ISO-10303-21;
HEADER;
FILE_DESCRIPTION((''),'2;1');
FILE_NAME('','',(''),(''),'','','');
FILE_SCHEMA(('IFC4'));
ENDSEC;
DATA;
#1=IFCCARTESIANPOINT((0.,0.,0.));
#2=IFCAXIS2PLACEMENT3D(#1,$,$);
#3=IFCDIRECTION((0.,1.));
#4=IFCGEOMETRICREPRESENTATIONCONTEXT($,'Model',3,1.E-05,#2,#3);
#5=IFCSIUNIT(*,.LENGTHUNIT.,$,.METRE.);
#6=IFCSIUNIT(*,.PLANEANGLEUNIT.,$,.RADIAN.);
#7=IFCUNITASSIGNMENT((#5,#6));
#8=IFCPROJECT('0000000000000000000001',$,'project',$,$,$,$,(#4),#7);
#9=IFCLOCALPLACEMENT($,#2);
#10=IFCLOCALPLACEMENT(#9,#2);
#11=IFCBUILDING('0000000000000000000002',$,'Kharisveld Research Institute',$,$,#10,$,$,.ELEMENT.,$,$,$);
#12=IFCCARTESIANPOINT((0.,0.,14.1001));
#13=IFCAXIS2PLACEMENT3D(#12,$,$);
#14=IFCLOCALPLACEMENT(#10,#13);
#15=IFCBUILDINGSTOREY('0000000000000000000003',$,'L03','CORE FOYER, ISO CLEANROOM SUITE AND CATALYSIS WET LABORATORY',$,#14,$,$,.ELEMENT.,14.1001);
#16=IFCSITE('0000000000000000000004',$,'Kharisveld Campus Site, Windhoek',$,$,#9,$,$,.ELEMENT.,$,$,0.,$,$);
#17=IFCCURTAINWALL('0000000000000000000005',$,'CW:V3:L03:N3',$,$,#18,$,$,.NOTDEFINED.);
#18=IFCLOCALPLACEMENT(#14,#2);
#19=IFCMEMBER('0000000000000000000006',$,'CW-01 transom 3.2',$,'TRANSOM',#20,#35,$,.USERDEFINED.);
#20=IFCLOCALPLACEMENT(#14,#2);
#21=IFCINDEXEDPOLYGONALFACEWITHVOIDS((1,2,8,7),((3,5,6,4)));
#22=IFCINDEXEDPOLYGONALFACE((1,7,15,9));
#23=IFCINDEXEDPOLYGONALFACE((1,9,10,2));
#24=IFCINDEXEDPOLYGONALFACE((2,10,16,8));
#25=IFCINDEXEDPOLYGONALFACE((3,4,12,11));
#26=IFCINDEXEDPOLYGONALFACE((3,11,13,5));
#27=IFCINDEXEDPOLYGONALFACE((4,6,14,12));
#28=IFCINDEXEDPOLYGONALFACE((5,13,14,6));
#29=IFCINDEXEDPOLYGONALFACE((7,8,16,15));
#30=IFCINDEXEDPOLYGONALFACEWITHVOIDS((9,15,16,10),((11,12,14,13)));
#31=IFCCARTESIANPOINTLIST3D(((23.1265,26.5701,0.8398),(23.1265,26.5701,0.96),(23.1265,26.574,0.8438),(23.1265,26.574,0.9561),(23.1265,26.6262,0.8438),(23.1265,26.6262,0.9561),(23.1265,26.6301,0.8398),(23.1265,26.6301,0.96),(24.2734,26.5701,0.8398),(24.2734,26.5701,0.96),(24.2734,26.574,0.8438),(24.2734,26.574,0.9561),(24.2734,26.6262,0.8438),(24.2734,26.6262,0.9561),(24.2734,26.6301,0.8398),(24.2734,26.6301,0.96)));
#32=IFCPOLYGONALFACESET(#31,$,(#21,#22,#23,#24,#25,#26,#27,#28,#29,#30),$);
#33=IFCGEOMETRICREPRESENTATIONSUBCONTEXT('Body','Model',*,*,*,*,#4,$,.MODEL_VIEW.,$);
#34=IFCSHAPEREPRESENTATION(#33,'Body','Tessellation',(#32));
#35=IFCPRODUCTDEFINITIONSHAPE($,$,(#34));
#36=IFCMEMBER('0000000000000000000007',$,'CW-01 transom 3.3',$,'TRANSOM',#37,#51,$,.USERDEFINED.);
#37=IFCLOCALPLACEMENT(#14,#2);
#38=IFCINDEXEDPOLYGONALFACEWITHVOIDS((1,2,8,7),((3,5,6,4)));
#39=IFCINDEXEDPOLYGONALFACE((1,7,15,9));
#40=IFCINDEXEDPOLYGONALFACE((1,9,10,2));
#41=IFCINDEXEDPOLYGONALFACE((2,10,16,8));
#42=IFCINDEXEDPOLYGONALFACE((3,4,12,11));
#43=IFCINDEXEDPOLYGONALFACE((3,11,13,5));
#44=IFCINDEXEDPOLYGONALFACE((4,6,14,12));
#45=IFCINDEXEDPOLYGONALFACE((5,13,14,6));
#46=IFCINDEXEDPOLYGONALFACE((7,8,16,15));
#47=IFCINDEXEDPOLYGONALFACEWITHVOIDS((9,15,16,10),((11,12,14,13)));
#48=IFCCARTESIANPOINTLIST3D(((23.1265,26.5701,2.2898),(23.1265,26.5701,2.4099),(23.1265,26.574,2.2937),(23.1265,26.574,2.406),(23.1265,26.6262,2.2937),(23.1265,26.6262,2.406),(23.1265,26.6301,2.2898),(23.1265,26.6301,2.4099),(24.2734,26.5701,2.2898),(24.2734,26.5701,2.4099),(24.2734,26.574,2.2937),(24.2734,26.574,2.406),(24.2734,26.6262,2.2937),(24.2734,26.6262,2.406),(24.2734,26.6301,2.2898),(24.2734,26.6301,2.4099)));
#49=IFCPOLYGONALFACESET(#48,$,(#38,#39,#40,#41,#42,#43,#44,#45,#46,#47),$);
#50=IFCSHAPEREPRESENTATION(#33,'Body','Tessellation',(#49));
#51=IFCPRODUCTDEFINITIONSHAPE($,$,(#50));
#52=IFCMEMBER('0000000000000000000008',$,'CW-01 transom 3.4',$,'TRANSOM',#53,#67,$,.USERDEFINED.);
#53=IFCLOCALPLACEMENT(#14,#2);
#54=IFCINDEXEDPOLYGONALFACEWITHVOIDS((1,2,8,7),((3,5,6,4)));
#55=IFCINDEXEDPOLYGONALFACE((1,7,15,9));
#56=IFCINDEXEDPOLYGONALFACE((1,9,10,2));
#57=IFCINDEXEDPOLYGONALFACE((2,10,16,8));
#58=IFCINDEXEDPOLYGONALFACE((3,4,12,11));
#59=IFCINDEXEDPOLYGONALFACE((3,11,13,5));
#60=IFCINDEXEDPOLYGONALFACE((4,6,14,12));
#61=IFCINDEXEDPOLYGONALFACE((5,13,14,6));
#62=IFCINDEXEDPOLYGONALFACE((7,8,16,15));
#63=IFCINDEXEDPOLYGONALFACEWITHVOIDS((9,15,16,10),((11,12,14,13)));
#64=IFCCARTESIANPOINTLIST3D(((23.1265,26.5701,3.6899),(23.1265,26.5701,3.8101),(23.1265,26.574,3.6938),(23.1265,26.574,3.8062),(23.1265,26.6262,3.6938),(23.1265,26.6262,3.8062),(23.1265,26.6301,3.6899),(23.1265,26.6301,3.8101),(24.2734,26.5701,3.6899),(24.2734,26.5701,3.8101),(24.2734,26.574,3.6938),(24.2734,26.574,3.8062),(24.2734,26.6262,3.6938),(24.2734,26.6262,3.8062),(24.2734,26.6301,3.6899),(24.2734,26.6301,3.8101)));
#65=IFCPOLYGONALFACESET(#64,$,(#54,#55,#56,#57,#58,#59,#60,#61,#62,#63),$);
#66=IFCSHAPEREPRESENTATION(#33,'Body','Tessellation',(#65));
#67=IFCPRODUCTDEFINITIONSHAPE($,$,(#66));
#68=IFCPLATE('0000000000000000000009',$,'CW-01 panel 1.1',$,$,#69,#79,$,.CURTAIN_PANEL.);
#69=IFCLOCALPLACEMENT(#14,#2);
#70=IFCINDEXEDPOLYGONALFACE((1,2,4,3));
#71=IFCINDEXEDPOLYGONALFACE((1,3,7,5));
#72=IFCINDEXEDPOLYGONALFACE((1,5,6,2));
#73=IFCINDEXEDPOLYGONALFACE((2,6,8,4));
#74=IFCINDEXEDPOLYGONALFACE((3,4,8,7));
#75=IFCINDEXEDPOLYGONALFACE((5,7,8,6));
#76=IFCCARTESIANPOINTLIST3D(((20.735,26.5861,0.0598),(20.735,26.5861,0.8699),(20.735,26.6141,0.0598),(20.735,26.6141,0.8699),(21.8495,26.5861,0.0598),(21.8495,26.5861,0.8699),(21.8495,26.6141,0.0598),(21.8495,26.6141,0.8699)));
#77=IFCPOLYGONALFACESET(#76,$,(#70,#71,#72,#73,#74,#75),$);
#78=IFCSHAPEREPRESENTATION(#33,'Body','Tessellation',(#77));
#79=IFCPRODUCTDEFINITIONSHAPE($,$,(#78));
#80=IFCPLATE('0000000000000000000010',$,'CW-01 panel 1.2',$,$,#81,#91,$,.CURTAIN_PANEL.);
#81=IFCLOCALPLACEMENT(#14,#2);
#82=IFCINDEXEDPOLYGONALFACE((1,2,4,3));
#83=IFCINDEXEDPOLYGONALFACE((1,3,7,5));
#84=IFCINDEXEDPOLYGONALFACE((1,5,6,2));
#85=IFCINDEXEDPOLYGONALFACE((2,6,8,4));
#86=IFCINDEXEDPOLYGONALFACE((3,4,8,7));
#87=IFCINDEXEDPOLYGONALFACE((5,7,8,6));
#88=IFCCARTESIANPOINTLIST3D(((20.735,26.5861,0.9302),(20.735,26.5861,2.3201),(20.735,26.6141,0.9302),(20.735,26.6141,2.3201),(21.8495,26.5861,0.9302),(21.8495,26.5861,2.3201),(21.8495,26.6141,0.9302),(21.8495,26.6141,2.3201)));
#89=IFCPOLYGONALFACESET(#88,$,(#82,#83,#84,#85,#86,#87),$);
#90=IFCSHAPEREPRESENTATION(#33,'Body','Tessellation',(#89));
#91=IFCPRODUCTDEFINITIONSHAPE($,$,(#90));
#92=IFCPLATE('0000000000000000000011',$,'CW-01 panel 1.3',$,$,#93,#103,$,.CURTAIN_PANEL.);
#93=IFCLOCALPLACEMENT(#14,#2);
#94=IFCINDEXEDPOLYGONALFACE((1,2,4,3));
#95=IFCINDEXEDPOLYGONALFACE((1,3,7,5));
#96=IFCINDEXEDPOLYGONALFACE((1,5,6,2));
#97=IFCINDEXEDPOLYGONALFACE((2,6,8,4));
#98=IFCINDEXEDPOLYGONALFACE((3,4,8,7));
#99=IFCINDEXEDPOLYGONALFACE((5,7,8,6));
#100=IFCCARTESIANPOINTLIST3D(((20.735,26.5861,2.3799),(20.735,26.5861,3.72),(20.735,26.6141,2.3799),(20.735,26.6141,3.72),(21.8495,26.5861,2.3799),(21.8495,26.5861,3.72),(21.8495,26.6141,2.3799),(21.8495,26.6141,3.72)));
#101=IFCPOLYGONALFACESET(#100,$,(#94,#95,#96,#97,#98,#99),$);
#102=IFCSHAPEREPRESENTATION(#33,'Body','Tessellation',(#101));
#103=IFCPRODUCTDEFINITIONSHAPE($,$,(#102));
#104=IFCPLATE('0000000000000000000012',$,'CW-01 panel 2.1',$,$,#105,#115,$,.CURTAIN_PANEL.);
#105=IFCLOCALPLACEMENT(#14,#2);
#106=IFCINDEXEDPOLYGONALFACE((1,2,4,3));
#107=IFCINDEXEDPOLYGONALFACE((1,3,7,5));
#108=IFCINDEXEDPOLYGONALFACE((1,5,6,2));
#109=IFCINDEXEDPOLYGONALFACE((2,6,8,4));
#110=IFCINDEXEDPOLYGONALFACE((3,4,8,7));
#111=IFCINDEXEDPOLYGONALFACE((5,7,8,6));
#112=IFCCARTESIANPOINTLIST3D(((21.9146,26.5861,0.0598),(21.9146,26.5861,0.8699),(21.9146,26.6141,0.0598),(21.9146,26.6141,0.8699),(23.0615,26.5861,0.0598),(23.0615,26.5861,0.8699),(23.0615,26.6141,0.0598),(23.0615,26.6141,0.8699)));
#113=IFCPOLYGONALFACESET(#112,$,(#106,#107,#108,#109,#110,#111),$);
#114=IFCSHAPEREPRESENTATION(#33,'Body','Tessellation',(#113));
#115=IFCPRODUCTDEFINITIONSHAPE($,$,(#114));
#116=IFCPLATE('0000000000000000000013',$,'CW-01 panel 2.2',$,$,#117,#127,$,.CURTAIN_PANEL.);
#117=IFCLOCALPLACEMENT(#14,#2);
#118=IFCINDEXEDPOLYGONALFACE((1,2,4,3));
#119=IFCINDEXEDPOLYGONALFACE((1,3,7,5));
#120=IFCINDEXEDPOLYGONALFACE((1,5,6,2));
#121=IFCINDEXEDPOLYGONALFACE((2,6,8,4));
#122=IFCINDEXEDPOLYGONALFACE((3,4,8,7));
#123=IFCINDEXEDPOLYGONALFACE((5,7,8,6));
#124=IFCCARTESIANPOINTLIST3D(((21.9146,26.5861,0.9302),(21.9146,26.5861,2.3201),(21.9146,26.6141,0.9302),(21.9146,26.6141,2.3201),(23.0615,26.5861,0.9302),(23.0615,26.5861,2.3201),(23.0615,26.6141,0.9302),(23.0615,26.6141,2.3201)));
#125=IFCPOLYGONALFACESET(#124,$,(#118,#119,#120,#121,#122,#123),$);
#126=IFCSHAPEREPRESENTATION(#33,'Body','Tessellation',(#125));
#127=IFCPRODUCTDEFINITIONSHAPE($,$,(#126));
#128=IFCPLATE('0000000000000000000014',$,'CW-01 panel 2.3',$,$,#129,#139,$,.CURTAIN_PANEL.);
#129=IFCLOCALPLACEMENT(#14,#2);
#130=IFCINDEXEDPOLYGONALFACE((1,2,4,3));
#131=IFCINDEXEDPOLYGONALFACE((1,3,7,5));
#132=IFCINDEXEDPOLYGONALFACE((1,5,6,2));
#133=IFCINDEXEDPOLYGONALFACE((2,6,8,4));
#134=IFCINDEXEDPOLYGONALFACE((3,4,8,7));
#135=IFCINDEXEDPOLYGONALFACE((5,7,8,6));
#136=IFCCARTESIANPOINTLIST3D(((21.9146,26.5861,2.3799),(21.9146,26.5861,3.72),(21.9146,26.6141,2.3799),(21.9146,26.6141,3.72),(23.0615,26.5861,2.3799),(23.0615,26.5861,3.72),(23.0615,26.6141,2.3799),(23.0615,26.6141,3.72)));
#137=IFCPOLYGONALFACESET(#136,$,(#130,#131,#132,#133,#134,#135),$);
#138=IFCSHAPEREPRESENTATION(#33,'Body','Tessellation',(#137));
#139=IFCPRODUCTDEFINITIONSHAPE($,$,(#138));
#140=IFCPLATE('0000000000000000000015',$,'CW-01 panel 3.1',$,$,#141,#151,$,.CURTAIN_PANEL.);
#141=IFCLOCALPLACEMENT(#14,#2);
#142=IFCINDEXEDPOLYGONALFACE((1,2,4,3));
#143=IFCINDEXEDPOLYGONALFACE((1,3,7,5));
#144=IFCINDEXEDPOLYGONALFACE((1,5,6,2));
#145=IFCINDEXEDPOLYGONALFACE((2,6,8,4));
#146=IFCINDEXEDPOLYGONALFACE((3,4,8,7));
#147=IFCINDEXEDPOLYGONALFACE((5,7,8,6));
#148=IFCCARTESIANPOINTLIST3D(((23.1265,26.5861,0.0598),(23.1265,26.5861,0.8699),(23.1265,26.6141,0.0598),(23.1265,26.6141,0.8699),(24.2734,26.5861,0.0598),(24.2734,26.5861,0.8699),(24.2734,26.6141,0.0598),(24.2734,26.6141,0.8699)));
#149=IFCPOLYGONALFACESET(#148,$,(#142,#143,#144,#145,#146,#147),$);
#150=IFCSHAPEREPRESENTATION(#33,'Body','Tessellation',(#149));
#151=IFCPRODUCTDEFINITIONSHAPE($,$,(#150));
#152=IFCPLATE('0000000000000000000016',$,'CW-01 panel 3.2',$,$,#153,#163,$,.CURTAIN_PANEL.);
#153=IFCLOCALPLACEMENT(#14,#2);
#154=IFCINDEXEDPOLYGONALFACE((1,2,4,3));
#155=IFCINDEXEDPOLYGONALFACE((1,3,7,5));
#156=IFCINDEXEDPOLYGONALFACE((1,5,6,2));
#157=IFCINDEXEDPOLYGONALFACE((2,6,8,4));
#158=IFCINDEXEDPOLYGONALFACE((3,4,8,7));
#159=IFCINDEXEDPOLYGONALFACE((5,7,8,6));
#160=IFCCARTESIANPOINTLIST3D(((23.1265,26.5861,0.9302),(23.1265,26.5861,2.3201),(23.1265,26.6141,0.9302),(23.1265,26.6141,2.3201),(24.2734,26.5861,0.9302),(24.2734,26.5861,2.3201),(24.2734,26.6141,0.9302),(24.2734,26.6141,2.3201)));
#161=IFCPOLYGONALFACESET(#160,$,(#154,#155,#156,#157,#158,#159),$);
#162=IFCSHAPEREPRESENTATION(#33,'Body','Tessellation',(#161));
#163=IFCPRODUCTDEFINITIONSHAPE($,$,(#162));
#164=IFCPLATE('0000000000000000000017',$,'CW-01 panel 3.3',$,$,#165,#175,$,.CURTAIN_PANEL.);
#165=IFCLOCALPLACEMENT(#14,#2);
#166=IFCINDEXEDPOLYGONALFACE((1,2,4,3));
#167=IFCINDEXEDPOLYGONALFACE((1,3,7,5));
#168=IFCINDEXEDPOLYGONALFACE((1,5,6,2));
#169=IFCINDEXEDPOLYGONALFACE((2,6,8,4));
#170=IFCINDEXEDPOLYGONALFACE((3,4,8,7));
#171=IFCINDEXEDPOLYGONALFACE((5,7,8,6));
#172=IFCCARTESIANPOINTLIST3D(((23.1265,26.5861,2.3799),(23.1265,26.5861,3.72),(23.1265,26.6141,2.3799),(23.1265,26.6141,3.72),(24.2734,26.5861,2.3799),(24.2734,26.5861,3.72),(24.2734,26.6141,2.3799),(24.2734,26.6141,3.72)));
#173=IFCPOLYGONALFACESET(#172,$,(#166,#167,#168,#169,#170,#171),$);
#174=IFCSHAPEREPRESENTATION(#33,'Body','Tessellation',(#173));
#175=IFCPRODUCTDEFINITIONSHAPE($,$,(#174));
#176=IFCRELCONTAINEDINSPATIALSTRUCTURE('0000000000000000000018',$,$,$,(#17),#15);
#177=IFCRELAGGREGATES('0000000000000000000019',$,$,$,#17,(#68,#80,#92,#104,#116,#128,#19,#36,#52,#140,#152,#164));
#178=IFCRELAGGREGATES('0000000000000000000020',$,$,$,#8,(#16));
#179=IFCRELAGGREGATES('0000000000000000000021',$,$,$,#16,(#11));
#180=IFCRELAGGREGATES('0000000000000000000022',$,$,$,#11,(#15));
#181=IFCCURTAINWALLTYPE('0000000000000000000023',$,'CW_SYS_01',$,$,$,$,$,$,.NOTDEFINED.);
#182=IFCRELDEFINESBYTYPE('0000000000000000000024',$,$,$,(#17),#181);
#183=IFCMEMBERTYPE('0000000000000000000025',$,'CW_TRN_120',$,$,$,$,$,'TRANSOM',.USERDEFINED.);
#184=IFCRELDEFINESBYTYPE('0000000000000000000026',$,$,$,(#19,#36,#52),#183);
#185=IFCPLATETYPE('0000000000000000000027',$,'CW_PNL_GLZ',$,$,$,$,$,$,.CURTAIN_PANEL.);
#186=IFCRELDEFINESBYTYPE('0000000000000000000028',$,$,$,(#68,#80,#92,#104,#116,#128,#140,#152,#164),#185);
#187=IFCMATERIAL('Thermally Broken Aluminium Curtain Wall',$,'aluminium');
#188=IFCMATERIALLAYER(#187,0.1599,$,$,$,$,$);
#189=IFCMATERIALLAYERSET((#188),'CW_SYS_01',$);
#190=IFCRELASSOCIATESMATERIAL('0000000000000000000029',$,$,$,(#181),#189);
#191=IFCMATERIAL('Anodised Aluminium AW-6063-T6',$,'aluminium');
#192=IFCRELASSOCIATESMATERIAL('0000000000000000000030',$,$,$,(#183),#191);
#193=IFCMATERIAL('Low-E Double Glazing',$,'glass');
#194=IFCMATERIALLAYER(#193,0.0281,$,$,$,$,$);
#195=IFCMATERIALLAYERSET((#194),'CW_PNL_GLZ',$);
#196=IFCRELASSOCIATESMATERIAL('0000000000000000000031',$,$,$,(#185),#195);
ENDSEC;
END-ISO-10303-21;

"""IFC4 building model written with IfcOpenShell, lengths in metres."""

from ifc_helpers import new_model, si_unit, direction, frame, origin, origin_2d, place, context, subcontext, project, spatial, rectangle, hollow_rectangle, extrude, material, layer, layer_set, material_profile, profile_set, type_object, element, aggregate, save


model = new_model("IFC4")

# Units and contexts
model_context = context("Model", 3, precision=1e-05, world=origin(), true_north=direction((0.0, 1.0)))
body_context = subcontext(model_context, "Body", "Model", "MODEL_VIEW")
ifc_project = project(units=[si_unit("LENGTHUNIT", "METRE"), si_unit("PLANEANGLEUNIT", "RADIAN")], contexts=[model_context])

# Site, building, storey
site_placement = place(None, origin())
site = spatial("IfcSite", under=ifc_project, at=site_placement, Name="Kharisveld Campus Site, Windhoek", CompositionType="ELEMENT", RefElevation=0.0)
building_placement = place(site_placement, origin())
building = spatial("IfcBuilding", under=site, at=building_placement, Name="Kharisveld Research Institute", CompositionType="ELEMENT")
storey_placement = place(building_placement, frame((0.0, 0.0, 14.1001)))
storey = spatial("IfcBuildingStorey", under=building, at=storey_placement, Name="L03", Description="CORE FOYER, ISO CLEANROOM SUITE AND CATALYSIS WET LABORATORY", CompositionType="ELEMENT", Elevation=14.1001)

# Curtain wall, members, plates
ifc_material_1 = material(Name="Thermally Broken Aluminium Curtain Wall", Category="aluminium")
ifc_layer_1 = layer(ifc_material_1, 0.1599)
ifc_layer_set_1 = layer_set([ifc_layer_1], Name="CW_SYS_01")
curtain_wall_type = type_object("IfcCurtainWallType", Name="CW_SYS_01", PredefinedType="NOTDEFINED", material=ifc_layer_set_1)
curtain_wall_placement = place(storey_placement, origin())
curtain_wall = element("IfcCurtainWall", 1, at=curtain_wall_placement, inside=storey, type_object=curtain_wall_type, Name="CW:V3:L03:N3", PredefinedType="NOTDEFINED")
ifc_material_2 = material(Name="Anodised Aluminium AW-6063-T6", Category="aluminium")
ifc_material_profile_1 = material_profile(ifc_material_2, hollow_rectangle(XDim=0.0601, YDim=0.1201, WallThickness=0.0039, at=origin_2d()))
ifc_profile_set_1 = profile_set([ifc_material_profile_1], Name="Anodised Aluminium AW-6063-T6")
member_type_1 = type_object("IfcMemberType", Name="CW_TRN_120", ElementType="TRANSOM", PredefinedType="USERDEFINED", material=ifc_profile_set_1)
member_1_placement = place(storey_placement, frame((23.1265, 26.6001, 0.8999), z_axis=(1.0, 0.0, 0.0), x_axis=(0.0, 1.0, 0.0)))
member_1 = element("IfcMember", 2, at=member_1_placement, type_object=member_type_1, Name="CW-01 transom 3.2", ObjectType="TRANSOM", PredefinedType="USERDEFINED", context=body_context, shape_type="SweptSolid", body=[
    extrude(hollow_rectangle(XDim=0.0601, YDim=0.1201, WallThickness=0.0039, at=origin_2d()), origin(), (0.0, 0.0, 1.0), 1.147),
])
member_2_placement = place(storey_placement, frame((23.1265, 26.6001, 2.3499), z_axis=(1.0, 0.0, 0.0), x_axis=(0.0, 1.0, 0.0)))
member_2 = element("IfcMember", 3, at=member_2_placement, type_object=member_type_1, Name="CW-01 transom 3.3", ObjectType="TRANSOM", PredefinedType="USERDEFINED", context=body_context, shape_type="SweptSolid", body=[
    extrude(hollow_rectangle(XDim=0.0601, YDim=0.1201, WallThickness=0.0039, at=origin_2d()), origin(), (0.0, 0.0, 1.0), 1.147),
])
member_3_placement = place(storey_placement, frame((23.1265, 26.6001, 3.75), z_axis=(1.0, 0.0, 0.0), x_axis=(0.0, 1.0, 0.0)))
member_3 = element("IfcMember", 4, at=member_3_placement, type_object=member_type_1, Name="CW-01 transom 3.4", ObjectType="TRANSOM", PredefinedType="USERDEFINED", context=body_context, shape_type="SweptSolid", body=[
    extrude(hollow_rectangle(XDim=0.0601, YDim=0.1201, WallThickness=0.0039, at=origin_2d()), origin(), (0.0, 0.0, 1.0), 1.147),
])
ifc_material_3 = material(Name="Low-E Double Glazing", Category="glass")
ifc_layer_2 = layer(ifc_material_3, 0.0281)
ifc_layer_set_2 = layer_set([ifc_layer_2], Name="CW_PNL_GLZ")
plate_type = type_object("IfcPlateType", Name="CW_PNL_GLZ", PredefinedType="CURTAIN_PANEL", material=ifc_layer_set_2)
plate_1_placement = place(storey_placement, frame((21.2922, 26.6001, 0.0598), z_axis=(0.0, 0.0, 1.0), x_axis=(1.0, 0.0, 0.0)))
plate_1 = element("IfcPlate", 5, at=plate_1_placement, type_object=plate_type, Name="CW-01 panel 1.1", PredefinedType="CURTAIN_PANEL", context=body_context, shape_type="SweptSolid", body=[
    extrude(rectangle(XDim=1.1145, YDim=0.0281, at=origin_2d()), origin(), (0.0, 0.0, 1.0), 0.8101),
])
plate_2_placement = place(storey_placement, frame((21.2922, 26.6001, 0.9302), z_axis=(0.0, 0.0, 1.0), x_axis=(1.0, 0.0, 0.0)))
plate_2 = element("IfcPlate", 6, at=plate_2_placement, type_object=plate_type, Name="CW-01 panel 1.2", PredefinedType="CURTAIN_PANEL", context=body_context, shape_type="SweptSolid", body=[
    extrude(rectangle(XDim=1.1145, YDim=0.0281, at=origin_2d()), origin(), (0.0, 0.0, 1.0), 1.3899),
])
plate_3_placement = place(storey_placement, frame((21.2922, 26.6001, 2.3799), z_axis=(0.0, 0.0, 1.0), x_axis=(1.0, 0.0, 0.0)))
plate_3 = element("IfcPlate", 7, at=plate_3_placement, type_object=plate_type, Name="CW-01 panel 1.3", PredefinedType="CURTAIN_PANEL", context=body_context, shape_type="SweptSolid", body=[
    extrude(rectangle(XDim=1.1145, YDim=0.0281, at=origin_2d()), origin(), (0.0, 0.0, 1.0), 1.3401),
])
plate_4_placement = place(storey_placement, frame((22.488, 26.6001, 0.0598), z_axis=(0.0, 0.0, 1.0), x_axis=(1.0, 0.0, 0.0)))
plate_4 = element("IfcPlate", 8, at=plate_4_placement, type_object=plate_type, Name="CW-01 panel 2.1", PredefinedType="CURTAIN_PANEL", context=body_context, shape_type="SweptSolid", body=[
    extrude(rectangle(XDim=1.147, YDim=0.0281, at=origin_2d()), origin(), (0.0, 0.0, 1.0), 0.8101),
])
plate_5_placement = place(storey_placement, frame((22.488, 26.6001, 0.9302), z_axis=(0.0, 0.0, 1.0), x_axis=(1.0, 0.0, 0.0)))
plate_5 = element("IfcPlate", 9, at=plate_5_placement, type_object=plate_type, Name="CW-01 panel 2.2", PredefinedType="CURTAIN_PANEL", context=body_context, shape_type="SweptSolid", body=[
    extrude(rectangle(XDim=1.147, YDim=0.0281, at=origin_2d()), origin(), (0.0, 0.0, 1.0), 1.3899),
])
plate_6_placement = place(storey_placement, frame((22.488, 26.6001, 2.3799), z_axis=(0.0, 0.0, 1.0), x_axis=(1.0, 0.0, 0.0)))
plate_6 = element("IfcPlate", 10, at=plate_6_placement, type_object=plate_type, Name="CW-01 panel 2.3", PredefinedType="CURTAIN_PANEL", context=body_context, shape_type="SweptSolid", body=[
    extrude(rectangle(XDim=1.147, YDim=0.0281, at=origin_2d()), origin(), (0.0, 0.0, 1.0), 1.3401),
])
plate_7_placement = place(storey_placement, frame((23.7, 26.6001, 0.0598), z_axis=(0.0, 0.0, 1.0), x_axis=(1.0, 0.0, 0.0)))
plate_7 = element("IfcPlate", 11, at=plate_7_placement, type_object=plate_type, Name="CW-01 panel 3.1", PredefinedType="CURTAIN_PANEL", context=body_context, shape_type="SweptSolid", body=[
    extrude(rectangle(XDim=1.147, YDim=0.0281, at=origin_2d()), origin(), (0.0, 0.0, 1.0), 0.8101),
])
plate_8_placement = place(storey_placement, frame((23.7, 26.6001, 0.9302), z_axis=(0.0, 0.0, 1.0), x_axis=(1.0, 0.0, 0.0)))
plate_8 = element("IfcPlate", 12, at=plate_8_placement, type_object=plate_type, Name="CW-01 panel 3.2", PredefinedType="CURTAIN_PANEL", context=body_context, shape_type="SweptSolid", body=[
    extrude(rectangle(XDim=1.147, YDim=0.0281, at=origin_2d()), origin(), (0.0, 0.0, 1.0), 1.3899),
])
plate_9_placement = place(storey_placement, frame((23.7, 26.6001, 2.3799), z_axis=(0.0, 0.0, 1.0), x_axis=(1.0, 0.0, 0.0)))
plate_9 = element("IfcPlate", 13, at=plate_9_placement, type_object=plate_type, Name="CW-01 panel 3.3", PredefinedType="CURTAIN_PANEL", context=body_context, shape_type="SweptSolid", body=[
    extrude(rectangle(XDim=1.147, YDim=0.0281, at=origin_2d()), origin(), (0.0, 0.0, 1.0), 1.3401),
])
aggregate(curtain_wall, [plate_1, plate_2, plate_3, plate_4, plate_5, plate_6, member_1, member_2, member_3, plate_7, plate_8, plate_9])

save(model, "model.ifc")
